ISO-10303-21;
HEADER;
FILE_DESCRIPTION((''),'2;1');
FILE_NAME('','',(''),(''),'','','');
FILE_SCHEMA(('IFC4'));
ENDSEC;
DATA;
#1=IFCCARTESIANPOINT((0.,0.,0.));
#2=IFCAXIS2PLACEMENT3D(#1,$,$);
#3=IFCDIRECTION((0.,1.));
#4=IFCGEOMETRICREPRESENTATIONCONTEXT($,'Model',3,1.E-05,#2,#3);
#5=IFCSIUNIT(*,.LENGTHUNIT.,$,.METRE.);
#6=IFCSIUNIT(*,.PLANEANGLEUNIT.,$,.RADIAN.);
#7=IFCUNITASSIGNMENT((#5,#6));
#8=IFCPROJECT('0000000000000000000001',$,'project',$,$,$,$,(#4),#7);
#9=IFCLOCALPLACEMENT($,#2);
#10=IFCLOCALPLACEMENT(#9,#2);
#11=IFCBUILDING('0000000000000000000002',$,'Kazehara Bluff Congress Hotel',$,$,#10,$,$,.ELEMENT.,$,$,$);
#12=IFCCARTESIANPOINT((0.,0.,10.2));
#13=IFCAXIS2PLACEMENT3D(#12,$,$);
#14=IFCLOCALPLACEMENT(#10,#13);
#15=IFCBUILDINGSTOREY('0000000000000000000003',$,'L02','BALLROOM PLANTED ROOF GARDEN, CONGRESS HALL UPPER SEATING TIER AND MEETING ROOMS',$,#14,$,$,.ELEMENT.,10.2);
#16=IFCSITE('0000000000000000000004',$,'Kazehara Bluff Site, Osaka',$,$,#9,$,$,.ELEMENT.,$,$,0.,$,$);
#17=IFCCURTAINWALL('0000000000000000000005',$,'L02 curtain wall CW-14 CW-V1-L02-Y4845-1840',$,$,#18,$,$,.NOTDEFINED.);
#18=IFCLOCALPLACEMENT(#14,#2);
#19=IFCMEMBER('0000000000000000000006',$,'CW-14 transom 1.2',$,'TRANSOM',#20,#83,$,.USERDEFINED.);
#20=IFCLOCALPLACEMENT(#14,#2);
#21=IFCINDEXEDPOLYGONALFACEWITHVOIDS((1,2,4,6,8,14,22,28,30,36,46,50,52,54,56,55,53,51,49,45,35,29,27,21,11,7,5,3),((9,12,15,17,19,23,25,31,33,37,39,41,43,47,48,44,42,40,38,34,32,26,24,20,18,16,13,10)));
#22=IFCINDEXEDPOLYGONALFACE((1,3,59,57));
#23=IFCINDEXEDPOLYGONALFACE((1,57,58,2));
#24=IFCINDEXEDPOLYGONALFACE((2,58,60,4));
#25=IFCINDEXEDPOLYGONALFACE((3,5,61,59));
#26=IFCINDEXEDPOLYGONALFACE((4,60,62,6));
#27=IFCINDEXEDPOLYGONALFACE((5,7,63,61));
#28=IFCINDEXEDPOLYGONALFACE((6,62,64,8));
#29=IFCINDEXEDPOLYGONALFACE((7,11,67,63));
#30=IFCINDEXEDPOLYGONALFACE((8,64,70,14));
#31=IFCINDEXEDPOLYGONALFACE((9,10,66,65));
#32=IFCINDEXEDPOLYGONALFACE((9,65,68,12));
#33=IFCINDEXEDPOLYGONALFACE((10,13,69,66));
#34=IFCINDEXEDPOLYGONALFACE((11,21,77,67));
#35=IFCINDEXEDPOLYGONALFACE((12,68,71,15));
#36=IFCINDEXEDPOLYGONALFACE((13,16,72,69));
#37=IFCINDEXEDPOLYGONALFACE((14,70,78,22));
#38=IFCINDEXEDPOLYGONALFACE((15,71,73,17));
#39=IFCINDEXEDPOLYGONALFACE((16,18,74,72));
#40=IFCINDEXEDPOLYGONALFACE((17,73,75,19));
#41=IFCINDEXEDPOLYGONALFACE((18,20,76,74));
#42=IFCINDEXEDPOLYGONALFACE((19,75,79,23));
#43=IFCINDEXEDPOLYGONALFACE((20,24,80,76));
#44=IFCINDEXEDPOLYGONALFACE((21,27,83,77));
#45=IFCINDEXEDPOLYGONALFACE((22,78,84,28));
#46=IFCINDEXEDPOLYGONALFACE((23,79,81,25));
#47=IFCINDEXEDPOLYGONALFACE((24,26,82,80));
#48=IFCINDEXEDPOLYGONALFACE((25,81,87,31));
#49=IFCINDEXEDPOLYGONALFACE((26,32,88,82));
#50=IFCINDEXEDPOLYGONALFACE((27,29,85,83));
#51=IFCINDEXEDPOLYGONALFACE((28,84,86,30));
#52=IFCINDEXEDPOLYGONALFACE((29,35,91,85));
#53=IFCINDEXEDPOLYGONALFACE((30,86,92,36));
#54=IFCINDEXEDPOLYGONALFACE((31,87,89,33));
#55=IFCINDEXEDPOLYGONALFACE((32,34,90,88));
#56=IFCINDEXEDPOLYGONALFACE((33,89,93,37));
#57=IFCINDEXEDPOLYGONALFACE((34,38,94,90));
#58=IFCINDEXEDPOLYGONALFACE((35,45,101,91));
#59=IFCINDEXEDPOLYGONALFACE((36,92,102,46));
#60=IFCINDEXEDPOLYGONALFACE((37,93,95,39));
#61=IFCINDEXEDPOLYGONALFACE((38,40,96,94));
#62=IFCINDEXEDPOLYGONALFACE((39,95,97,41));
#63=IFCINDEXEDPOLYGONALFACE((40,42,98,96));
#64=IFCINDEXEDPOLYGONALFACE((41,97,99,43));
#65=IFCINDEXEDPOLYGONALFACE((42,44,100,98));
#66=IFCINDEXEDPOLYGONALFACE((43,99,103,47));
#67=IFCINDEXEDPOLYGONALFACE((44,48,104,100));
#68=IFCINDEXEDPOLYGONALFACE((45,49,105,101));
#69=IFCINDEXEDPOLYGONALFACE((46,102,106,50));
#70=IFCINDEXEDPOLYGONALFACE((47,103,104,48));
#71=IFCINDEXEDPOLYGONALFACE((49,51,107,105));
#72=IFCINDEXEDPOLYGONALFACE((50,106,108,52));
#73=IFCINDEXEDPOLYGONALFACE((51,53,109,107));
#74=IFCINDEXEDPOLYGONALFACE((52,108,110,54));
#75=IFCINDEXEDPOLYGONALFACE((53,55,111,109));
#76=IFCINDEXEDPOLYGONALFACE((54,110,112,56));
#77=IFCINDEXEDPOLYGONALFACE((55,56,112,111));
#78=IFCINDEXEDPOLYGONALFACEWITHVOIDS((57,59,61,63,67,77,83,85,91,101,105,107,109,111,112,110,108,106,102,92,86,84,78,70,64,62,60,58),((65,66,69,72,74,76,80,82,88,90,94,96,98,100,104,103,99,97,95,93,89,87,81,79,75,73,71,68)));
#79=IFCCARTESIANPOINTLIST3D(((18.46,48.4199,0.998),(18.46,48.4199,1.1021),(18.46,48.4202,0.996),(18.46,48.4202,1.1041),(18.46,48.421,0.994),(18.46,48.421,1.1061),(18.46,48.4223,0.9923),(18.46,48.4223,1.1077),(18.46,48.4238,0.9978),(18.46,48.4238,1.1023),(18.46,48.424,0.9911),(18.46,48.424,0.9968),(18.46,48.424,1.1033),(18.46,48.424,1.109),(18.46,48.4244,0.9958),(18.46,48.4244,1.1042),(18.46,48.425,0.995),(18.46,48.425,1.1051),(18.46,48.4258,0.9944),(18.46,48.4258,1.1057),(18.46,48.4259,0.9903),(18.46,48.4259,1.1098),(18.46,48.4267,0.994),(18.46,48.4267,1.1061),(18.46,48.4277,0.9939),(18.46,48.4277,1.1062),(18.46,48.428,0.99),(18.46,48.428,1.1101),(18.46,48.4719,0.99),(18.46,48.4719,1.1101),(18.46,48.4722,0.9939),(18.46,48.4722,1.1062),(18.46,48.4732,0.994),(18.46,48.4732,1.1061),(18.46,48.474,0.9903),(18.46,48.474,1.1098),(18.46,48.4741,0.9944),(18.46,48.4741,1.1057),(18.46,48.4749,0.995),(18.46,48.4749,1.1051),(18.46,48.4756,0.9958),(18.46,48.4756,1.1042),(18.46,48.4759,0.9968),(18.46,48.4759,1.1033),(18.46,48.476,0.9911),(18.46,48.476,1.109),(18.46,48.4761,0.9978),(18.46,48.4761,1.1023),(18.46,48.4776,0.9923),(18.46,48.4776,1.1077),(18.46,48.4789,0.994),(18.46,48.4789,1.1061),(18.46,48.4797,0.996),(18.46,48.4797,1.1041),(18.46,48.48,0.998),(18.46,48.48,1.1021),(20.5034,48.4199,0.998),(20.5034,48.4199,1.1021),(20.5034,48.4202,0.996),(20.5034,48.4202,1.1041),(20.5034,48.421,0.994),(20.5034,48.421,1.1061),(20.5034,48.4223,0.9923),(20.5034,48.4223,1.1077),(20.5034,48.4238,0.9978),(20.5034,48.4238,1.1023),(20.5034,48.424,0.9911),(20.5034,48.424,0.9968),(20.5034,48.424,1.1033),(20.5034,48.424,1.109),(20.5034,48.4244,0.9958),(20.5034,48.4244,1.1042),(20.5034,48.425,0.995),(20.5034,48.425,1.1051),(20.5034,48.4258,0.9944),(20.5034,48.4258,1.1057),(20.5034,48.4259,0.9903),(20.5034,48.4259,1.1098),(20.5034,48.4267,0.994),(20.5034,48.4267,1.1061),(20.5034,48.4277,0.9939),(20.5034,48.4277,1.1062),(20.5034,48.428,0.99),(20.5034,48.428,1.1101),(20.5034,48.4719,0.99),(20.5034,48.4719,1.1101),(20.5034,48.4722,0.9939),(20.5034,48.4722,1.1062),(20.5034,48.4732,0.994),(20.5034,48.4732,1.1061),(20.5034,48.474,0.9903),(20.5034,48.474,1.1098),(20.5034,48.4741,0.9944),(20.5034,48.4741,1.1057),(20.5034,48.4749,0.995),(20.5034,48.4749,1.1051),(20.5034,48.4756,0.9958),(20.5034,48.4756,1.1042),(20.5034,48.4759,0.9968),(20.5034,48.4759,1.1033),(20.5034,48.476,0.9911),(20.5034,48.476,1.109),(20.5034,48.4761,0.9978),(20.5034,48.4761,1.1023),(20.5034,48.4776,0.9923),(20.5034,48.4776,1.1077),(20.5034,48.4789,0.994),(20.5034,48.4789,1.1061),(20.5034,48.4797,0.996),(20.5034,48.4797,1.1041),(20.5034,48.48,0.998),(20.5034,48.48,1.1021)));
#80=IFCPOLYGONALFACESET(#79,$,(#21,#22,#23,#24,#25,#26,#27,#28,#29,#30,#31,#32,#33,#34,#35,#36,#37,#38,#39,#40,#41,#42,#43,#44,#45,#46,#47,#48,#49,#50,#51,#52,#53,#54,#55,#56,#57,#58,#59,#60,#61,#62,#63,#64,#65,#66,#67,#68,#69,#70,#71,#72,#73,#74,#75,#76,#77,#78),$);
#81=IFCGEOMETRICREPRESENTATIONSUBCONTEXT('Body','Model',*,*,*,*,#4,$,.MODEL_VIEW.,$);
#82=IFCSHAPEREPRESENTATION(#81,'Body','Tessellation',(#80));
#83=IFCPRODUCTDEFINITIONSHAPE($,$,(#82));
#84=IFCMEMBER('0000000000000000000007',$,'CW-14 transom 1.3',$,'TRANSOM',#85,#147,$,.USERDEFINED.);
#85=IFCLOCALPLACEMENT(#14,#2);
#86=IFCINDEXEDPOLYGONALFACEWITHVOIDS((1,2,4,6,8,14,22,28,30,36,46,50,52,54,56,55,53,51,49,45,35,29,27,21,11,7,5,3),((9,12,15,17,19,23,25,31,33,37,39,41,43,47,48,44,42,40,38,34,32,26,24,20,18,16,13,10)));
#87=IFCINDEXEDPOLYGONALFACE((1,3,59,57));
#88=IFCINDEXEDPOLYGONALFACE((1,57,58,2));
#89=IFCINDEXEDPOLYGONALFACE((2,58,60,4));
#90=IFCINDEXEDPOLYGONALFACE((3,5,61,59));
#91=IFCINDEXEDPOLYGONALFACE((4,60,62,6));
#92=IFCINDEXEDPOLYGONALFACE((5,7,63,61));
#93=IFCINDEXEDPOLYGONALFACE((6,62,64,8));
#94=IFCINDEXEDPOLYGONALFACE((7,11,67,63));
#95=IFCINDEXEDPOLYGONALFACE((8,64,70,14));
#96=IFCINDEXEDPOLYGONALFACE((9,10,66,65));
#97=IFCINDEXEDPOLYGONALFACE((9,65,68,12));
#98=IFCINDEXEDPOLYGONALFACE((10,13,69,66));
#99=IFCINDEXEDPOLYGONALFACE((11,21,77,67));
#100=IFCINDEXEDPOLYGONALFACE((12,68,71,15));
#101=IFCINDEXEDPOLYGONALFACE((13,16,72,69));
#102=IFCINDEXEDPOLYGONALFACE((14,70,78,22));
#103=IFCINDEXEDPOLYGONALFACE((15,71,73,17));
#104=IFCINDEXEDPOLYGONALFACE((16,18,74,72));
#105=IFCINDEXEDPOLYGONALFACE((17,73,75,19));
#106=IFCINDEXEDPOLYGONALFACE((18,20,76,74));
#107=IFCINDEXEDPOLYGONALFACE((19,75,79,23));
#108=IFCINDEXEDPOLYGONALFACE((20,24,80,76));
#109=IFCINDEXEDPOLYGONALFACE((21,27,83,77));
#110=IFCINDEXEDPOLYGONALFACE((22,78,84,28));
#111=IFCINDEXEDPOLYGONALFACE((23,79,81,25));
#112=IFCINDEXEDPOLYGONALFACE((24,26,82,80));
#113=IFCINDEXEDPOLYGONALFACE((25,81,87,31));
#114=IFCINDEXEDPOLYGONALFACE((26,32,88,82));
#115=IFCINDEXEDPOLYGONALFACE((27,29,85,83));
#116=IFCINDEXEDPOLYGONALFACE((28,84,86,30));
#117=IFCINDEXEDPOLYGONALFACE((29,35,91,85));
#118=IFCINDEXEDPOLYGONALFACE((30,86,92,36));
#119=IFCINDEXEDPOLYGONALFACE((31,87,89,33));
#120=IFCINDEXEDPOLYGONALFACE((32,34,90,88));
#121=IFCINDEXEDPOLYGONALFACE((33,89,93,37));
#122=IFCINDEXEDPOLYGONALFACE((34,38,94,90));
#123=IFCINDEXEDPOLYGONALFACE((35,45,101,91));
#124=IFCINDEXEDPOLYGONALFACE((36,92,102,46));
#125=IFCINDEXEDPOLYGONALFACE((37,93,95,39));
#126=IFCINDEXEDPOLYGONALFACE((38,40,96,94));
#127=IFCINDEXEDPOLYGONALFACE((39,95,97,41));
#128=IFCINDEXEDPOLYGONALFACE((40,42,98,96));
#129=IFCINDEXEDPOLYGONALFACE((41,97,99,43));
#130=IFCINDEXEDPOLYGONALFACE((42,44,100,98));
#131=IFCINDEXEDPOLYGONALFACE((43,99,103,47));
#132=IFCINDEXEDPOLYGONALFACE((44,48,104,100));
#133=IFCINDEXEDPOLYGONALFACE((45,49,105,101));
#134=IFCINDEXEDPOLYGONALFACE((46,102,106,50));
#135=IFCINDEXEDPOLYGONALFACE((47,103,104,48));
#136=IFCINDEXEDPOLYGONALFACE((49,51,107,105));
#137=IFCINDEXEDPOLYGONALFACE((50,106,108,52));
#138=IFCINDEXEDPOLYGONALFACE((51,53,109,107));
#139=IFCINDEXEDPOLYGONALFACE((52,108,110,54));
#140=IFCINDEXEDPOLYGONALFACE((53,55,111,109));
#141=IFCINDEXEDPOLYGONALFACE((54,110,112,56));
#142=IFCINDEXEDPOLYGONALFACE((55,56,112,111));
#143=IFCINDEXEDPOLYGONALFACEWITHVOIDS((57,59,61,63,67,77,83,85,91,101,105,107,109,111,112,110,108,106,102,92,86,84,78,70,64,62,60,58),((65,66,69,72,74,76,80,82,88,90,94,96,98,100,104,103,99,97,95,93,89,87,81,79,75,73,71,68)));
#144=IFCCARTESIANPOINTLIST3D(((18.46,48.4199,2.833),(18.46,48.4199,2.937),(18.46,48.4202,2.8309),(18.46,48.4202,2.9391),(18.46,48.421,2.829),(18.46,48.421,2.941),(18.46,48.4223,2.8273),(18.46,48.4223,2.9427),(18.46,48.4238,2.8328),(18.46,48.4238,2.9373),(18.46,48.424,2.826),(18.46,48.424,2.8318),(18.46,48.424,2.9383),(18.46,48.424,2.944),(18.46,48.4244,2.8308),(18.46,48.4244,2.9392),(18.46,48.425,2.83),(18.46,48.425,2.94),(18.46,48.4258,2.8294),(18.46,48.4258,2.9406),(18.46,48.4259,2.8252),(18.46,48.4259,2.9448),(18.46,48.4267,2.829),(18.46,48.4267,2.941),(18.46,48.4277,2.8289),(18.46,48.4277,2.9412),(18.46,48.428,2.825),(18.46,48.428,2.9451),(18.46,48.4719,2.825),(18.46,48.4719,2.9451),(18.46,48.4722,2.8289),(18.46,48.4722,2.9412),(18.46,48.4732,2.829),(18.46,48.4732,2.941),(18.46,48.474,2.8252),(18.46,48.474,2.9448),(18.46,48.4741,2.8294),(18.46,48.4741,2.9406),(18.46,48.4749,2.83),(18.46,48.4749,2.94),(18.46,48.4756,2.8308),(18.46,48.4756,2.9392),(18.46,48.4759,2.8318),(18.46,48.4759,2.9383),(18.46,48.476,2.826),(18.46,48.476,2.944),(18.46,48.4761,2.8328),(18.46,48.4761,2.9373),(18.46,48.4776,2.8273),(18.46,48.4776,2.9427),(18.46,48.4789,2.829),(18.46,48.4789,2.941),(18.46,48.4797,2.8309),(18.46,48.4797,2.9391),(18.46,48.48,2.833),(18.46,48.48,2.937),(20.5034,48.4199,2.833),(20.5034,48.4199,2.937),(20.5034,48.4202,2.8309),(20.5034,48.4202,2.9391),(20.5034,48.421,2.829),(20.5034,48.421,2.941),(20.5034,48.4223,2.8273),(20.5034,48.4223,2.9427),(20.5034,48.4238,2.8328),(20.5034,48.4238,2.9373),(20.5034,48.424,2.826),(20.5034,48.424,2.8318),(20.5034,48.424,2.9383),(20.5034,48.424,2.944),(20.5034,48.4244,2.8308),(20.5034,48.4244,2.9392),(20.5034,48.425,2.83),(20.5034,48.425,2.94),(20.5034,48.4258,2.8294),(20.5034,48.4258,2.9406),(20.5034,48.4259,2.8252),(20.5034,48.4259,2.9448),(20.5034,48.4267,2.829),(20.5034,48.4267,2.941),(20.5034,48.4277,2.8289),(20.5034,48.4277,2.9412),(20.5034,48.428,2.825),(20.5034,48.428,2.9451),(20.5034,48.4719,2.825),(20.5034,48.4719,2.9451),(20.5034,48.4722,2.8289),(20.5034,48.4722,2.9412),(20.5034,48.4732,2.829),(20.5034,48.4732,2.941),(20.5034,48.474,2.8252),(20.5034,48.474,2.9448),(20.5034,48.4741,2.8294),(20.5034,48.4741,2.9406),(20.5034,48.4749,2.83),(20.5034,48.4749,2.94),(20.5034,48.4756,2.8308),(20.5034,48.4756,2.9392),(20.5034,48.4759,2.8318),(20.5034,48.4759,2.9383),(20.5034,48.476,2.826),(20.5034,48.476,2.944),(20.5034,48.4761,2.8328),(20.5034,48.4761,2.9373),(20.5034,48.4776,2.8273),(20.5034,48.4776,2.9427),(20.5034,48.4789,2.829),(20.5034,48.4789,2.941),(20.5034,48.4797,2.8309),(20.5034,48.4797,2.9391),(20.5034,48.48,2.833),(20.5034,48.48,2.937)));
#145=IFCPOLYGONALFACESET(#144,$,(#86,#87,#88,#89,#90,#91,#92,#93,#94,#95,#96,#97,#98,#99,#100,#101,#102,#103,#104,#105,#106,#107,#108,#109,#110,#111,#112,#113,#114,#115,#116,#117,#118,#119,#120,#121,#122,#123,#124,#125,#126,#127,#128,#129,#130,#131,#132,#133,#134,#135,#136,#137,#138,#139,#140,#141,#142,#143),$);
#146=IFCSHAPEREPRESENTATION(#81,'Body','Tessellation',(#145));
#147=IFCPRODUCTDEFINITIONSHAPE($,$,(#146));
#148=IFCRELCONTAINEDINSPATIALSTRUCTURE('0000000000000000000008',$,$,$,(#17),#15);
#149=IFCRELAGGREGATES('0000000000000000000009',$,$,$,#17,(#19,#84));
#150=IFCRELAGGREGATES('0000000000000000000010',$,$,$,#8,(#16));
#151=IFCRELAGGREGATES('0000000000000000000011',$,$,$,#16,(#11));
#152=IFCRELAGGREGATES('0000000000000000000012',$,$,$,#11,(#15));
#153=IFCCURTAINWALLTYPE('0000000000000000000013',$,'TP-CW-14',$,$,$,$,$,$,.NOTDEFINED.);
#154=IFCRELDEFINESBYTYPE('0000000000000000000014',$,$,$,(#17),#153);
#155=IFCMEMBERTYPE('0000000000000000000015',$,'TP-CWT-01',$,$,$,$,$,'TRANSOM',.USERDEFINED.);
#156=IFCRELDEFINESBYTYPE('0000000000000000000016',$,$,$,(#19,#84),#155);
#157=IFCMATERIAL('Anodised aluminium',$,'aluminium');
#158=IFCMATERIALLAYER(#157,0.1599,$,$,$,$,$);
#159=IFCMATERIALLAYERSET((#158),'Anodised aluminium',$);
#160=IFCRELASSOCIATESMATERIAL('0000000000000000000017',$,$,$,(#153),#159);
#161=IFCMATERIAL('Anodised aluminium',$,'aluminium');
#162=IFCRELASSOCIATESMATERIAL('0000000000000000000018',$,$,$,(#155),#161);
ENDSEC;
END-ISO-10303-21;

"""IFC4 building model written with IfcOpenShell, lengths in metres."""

from ifc_helpers import new_model, si_unit, direction, frame, origin, origin_2d, place, context, subcontext, project, spatial, hollow_rectangle, extrude, material, layer, layer_set, material_profile, profile_set, type_object, element, aggregate, save


model = new_model("IFC4")

# Units and contexts
model_context = context("Model", 3, precision=1e-05, world=origin(), true_north=direction((0.0, 1.0)))
body_context = subcontext(model_context, "Body", "Model", "MODEL_VIEW")
ifc_project = project(units=[si_unit("LENGTHUNIT", "METRE"), si_unit("PLANEANGLEUNIT", "RADIAN")], contexts=[model_context])

# Site, building, storey
site_placement = place(None, origin())
site = spatial("IfcSite", under=ifc_project, at=site_placement, Name="Kazehara Bluff Site, Osaka", CompositionType="ELEMENT", RefElevation=0.0)
building_placement = place(site_placement, origin())
building = spatial("IfcBuilding", under=site, at=building_placement, Name="Kazehara Bluff Congress Hotel", CompositionType="ELEMENT")
storey_placement = place(building_placement, frame((0.0, 0.0, 10.2)))
storey = spatial("IfcBuildingStorey", under=building, at=storey_placement, Name="L02", Description="BALLROOM PLANTED ROOF GARDEN, CONGRESS HALL UPPER SEATING TIER AND MEETING ROOMS", CompositionType="ELEMENT", Elevation=10.2)

# Curtain wall, members
ifc_material_1 = material(Name="Anodised aluminium", Category="aluminium")
ifc_layer_1 = layer(ifc_material_1, 0.1599)
ifc_layer_set_1 = layer_set([ifc_layer_1], Name="Anodised aluminium")
curtain_wall_type = type_object("IfcCurtainWallType", Name="TP-CW-14", PredefinedType="NOTDEFINED", material=ifc_layer_set_1)
curtain_wall_placement = place(storey_placement, origin())
curtain_wall = element("IfcCurtainWall", 1, at=curtain_wall_placement, inside=storey, type_object=curtain_wall_type, Name="L02 curtain wall CW-14 CW-V1-L02-Y4845-1840", PredefinedType="NOTDEFINED")
ifc_material_2 = material(Name="Anodised aluminium", Category="aluminium")
ifc_material_profile_1 = material_profile(ifc_material_2, hollow_rectangle(XDim=0.0601, YDim=0.1201, WallThickness=0.0039, InnerFilletRadius=0.0039, OuterFilletRadius=0.0081, at=origin_2d()))
ifc_profile_set_1 = profile_set([ifc_material_profile_1], Name="Anodised aluminium")
member_type_1 = type_object("IfcMemberType", Name="TP-CWT-01", ElementType="TRANSOM", PredefinedType="USERDEFINED", material=ifc_profile_set_1)
member_1_placement = place(storey_placement, frame((18.46, 48.45, 1.05), z_axis=(1.0, 0.0, 0.0), x_axis=(0.0, 1.0, 0.0)))
member_1 = element("IfcMember", 2, at=member_1_placement, type_object=member_type_1, Name="CW-14 transom 1.2", ObjectType="TRANSOM", PredefinedType="USERDEFINED", context=body_context, shape_type="SweptSolid", body=[
    extrude(hollow_rectangle(XDim=0.0601, YDim=0.1201, WallThickness=0.0039, InnerFilletRadius=0.0039, OuterFilletRadius=0.0081, at=origin_2d()), origin(), (0.0, 0.0, 1.0), 2.0435),
])
member_2_placement = place(storey_placement, frame((18.46, 48.45, 2.885), z_axis=(1.0, 0.0, 0.0), x_axis=(0.0, 1.0, 0.0)))
member_2 = element("IfcMember", 3, at=member_2_placement, type_object=member_type_1, Name="CW-14 transom 1.3", ObjectType="TRANSOM", PredefinedType="USERDEFINED", context=body_context, shape_type="SweptSolid", body=[
    extrude(hollow_rectangle(XDim=0.0601, YDim=0.1201, WallThickness=0.0039, InnerFilletRadius=0.0039, OuterFilletRadius=0.0081, at=origin_2d()), origin(), (0.0, 0.0, 1.0), 2.0435),
])
aggregate(curtain_wall, [member_1, member_2])

save(model, "model.ifc")
